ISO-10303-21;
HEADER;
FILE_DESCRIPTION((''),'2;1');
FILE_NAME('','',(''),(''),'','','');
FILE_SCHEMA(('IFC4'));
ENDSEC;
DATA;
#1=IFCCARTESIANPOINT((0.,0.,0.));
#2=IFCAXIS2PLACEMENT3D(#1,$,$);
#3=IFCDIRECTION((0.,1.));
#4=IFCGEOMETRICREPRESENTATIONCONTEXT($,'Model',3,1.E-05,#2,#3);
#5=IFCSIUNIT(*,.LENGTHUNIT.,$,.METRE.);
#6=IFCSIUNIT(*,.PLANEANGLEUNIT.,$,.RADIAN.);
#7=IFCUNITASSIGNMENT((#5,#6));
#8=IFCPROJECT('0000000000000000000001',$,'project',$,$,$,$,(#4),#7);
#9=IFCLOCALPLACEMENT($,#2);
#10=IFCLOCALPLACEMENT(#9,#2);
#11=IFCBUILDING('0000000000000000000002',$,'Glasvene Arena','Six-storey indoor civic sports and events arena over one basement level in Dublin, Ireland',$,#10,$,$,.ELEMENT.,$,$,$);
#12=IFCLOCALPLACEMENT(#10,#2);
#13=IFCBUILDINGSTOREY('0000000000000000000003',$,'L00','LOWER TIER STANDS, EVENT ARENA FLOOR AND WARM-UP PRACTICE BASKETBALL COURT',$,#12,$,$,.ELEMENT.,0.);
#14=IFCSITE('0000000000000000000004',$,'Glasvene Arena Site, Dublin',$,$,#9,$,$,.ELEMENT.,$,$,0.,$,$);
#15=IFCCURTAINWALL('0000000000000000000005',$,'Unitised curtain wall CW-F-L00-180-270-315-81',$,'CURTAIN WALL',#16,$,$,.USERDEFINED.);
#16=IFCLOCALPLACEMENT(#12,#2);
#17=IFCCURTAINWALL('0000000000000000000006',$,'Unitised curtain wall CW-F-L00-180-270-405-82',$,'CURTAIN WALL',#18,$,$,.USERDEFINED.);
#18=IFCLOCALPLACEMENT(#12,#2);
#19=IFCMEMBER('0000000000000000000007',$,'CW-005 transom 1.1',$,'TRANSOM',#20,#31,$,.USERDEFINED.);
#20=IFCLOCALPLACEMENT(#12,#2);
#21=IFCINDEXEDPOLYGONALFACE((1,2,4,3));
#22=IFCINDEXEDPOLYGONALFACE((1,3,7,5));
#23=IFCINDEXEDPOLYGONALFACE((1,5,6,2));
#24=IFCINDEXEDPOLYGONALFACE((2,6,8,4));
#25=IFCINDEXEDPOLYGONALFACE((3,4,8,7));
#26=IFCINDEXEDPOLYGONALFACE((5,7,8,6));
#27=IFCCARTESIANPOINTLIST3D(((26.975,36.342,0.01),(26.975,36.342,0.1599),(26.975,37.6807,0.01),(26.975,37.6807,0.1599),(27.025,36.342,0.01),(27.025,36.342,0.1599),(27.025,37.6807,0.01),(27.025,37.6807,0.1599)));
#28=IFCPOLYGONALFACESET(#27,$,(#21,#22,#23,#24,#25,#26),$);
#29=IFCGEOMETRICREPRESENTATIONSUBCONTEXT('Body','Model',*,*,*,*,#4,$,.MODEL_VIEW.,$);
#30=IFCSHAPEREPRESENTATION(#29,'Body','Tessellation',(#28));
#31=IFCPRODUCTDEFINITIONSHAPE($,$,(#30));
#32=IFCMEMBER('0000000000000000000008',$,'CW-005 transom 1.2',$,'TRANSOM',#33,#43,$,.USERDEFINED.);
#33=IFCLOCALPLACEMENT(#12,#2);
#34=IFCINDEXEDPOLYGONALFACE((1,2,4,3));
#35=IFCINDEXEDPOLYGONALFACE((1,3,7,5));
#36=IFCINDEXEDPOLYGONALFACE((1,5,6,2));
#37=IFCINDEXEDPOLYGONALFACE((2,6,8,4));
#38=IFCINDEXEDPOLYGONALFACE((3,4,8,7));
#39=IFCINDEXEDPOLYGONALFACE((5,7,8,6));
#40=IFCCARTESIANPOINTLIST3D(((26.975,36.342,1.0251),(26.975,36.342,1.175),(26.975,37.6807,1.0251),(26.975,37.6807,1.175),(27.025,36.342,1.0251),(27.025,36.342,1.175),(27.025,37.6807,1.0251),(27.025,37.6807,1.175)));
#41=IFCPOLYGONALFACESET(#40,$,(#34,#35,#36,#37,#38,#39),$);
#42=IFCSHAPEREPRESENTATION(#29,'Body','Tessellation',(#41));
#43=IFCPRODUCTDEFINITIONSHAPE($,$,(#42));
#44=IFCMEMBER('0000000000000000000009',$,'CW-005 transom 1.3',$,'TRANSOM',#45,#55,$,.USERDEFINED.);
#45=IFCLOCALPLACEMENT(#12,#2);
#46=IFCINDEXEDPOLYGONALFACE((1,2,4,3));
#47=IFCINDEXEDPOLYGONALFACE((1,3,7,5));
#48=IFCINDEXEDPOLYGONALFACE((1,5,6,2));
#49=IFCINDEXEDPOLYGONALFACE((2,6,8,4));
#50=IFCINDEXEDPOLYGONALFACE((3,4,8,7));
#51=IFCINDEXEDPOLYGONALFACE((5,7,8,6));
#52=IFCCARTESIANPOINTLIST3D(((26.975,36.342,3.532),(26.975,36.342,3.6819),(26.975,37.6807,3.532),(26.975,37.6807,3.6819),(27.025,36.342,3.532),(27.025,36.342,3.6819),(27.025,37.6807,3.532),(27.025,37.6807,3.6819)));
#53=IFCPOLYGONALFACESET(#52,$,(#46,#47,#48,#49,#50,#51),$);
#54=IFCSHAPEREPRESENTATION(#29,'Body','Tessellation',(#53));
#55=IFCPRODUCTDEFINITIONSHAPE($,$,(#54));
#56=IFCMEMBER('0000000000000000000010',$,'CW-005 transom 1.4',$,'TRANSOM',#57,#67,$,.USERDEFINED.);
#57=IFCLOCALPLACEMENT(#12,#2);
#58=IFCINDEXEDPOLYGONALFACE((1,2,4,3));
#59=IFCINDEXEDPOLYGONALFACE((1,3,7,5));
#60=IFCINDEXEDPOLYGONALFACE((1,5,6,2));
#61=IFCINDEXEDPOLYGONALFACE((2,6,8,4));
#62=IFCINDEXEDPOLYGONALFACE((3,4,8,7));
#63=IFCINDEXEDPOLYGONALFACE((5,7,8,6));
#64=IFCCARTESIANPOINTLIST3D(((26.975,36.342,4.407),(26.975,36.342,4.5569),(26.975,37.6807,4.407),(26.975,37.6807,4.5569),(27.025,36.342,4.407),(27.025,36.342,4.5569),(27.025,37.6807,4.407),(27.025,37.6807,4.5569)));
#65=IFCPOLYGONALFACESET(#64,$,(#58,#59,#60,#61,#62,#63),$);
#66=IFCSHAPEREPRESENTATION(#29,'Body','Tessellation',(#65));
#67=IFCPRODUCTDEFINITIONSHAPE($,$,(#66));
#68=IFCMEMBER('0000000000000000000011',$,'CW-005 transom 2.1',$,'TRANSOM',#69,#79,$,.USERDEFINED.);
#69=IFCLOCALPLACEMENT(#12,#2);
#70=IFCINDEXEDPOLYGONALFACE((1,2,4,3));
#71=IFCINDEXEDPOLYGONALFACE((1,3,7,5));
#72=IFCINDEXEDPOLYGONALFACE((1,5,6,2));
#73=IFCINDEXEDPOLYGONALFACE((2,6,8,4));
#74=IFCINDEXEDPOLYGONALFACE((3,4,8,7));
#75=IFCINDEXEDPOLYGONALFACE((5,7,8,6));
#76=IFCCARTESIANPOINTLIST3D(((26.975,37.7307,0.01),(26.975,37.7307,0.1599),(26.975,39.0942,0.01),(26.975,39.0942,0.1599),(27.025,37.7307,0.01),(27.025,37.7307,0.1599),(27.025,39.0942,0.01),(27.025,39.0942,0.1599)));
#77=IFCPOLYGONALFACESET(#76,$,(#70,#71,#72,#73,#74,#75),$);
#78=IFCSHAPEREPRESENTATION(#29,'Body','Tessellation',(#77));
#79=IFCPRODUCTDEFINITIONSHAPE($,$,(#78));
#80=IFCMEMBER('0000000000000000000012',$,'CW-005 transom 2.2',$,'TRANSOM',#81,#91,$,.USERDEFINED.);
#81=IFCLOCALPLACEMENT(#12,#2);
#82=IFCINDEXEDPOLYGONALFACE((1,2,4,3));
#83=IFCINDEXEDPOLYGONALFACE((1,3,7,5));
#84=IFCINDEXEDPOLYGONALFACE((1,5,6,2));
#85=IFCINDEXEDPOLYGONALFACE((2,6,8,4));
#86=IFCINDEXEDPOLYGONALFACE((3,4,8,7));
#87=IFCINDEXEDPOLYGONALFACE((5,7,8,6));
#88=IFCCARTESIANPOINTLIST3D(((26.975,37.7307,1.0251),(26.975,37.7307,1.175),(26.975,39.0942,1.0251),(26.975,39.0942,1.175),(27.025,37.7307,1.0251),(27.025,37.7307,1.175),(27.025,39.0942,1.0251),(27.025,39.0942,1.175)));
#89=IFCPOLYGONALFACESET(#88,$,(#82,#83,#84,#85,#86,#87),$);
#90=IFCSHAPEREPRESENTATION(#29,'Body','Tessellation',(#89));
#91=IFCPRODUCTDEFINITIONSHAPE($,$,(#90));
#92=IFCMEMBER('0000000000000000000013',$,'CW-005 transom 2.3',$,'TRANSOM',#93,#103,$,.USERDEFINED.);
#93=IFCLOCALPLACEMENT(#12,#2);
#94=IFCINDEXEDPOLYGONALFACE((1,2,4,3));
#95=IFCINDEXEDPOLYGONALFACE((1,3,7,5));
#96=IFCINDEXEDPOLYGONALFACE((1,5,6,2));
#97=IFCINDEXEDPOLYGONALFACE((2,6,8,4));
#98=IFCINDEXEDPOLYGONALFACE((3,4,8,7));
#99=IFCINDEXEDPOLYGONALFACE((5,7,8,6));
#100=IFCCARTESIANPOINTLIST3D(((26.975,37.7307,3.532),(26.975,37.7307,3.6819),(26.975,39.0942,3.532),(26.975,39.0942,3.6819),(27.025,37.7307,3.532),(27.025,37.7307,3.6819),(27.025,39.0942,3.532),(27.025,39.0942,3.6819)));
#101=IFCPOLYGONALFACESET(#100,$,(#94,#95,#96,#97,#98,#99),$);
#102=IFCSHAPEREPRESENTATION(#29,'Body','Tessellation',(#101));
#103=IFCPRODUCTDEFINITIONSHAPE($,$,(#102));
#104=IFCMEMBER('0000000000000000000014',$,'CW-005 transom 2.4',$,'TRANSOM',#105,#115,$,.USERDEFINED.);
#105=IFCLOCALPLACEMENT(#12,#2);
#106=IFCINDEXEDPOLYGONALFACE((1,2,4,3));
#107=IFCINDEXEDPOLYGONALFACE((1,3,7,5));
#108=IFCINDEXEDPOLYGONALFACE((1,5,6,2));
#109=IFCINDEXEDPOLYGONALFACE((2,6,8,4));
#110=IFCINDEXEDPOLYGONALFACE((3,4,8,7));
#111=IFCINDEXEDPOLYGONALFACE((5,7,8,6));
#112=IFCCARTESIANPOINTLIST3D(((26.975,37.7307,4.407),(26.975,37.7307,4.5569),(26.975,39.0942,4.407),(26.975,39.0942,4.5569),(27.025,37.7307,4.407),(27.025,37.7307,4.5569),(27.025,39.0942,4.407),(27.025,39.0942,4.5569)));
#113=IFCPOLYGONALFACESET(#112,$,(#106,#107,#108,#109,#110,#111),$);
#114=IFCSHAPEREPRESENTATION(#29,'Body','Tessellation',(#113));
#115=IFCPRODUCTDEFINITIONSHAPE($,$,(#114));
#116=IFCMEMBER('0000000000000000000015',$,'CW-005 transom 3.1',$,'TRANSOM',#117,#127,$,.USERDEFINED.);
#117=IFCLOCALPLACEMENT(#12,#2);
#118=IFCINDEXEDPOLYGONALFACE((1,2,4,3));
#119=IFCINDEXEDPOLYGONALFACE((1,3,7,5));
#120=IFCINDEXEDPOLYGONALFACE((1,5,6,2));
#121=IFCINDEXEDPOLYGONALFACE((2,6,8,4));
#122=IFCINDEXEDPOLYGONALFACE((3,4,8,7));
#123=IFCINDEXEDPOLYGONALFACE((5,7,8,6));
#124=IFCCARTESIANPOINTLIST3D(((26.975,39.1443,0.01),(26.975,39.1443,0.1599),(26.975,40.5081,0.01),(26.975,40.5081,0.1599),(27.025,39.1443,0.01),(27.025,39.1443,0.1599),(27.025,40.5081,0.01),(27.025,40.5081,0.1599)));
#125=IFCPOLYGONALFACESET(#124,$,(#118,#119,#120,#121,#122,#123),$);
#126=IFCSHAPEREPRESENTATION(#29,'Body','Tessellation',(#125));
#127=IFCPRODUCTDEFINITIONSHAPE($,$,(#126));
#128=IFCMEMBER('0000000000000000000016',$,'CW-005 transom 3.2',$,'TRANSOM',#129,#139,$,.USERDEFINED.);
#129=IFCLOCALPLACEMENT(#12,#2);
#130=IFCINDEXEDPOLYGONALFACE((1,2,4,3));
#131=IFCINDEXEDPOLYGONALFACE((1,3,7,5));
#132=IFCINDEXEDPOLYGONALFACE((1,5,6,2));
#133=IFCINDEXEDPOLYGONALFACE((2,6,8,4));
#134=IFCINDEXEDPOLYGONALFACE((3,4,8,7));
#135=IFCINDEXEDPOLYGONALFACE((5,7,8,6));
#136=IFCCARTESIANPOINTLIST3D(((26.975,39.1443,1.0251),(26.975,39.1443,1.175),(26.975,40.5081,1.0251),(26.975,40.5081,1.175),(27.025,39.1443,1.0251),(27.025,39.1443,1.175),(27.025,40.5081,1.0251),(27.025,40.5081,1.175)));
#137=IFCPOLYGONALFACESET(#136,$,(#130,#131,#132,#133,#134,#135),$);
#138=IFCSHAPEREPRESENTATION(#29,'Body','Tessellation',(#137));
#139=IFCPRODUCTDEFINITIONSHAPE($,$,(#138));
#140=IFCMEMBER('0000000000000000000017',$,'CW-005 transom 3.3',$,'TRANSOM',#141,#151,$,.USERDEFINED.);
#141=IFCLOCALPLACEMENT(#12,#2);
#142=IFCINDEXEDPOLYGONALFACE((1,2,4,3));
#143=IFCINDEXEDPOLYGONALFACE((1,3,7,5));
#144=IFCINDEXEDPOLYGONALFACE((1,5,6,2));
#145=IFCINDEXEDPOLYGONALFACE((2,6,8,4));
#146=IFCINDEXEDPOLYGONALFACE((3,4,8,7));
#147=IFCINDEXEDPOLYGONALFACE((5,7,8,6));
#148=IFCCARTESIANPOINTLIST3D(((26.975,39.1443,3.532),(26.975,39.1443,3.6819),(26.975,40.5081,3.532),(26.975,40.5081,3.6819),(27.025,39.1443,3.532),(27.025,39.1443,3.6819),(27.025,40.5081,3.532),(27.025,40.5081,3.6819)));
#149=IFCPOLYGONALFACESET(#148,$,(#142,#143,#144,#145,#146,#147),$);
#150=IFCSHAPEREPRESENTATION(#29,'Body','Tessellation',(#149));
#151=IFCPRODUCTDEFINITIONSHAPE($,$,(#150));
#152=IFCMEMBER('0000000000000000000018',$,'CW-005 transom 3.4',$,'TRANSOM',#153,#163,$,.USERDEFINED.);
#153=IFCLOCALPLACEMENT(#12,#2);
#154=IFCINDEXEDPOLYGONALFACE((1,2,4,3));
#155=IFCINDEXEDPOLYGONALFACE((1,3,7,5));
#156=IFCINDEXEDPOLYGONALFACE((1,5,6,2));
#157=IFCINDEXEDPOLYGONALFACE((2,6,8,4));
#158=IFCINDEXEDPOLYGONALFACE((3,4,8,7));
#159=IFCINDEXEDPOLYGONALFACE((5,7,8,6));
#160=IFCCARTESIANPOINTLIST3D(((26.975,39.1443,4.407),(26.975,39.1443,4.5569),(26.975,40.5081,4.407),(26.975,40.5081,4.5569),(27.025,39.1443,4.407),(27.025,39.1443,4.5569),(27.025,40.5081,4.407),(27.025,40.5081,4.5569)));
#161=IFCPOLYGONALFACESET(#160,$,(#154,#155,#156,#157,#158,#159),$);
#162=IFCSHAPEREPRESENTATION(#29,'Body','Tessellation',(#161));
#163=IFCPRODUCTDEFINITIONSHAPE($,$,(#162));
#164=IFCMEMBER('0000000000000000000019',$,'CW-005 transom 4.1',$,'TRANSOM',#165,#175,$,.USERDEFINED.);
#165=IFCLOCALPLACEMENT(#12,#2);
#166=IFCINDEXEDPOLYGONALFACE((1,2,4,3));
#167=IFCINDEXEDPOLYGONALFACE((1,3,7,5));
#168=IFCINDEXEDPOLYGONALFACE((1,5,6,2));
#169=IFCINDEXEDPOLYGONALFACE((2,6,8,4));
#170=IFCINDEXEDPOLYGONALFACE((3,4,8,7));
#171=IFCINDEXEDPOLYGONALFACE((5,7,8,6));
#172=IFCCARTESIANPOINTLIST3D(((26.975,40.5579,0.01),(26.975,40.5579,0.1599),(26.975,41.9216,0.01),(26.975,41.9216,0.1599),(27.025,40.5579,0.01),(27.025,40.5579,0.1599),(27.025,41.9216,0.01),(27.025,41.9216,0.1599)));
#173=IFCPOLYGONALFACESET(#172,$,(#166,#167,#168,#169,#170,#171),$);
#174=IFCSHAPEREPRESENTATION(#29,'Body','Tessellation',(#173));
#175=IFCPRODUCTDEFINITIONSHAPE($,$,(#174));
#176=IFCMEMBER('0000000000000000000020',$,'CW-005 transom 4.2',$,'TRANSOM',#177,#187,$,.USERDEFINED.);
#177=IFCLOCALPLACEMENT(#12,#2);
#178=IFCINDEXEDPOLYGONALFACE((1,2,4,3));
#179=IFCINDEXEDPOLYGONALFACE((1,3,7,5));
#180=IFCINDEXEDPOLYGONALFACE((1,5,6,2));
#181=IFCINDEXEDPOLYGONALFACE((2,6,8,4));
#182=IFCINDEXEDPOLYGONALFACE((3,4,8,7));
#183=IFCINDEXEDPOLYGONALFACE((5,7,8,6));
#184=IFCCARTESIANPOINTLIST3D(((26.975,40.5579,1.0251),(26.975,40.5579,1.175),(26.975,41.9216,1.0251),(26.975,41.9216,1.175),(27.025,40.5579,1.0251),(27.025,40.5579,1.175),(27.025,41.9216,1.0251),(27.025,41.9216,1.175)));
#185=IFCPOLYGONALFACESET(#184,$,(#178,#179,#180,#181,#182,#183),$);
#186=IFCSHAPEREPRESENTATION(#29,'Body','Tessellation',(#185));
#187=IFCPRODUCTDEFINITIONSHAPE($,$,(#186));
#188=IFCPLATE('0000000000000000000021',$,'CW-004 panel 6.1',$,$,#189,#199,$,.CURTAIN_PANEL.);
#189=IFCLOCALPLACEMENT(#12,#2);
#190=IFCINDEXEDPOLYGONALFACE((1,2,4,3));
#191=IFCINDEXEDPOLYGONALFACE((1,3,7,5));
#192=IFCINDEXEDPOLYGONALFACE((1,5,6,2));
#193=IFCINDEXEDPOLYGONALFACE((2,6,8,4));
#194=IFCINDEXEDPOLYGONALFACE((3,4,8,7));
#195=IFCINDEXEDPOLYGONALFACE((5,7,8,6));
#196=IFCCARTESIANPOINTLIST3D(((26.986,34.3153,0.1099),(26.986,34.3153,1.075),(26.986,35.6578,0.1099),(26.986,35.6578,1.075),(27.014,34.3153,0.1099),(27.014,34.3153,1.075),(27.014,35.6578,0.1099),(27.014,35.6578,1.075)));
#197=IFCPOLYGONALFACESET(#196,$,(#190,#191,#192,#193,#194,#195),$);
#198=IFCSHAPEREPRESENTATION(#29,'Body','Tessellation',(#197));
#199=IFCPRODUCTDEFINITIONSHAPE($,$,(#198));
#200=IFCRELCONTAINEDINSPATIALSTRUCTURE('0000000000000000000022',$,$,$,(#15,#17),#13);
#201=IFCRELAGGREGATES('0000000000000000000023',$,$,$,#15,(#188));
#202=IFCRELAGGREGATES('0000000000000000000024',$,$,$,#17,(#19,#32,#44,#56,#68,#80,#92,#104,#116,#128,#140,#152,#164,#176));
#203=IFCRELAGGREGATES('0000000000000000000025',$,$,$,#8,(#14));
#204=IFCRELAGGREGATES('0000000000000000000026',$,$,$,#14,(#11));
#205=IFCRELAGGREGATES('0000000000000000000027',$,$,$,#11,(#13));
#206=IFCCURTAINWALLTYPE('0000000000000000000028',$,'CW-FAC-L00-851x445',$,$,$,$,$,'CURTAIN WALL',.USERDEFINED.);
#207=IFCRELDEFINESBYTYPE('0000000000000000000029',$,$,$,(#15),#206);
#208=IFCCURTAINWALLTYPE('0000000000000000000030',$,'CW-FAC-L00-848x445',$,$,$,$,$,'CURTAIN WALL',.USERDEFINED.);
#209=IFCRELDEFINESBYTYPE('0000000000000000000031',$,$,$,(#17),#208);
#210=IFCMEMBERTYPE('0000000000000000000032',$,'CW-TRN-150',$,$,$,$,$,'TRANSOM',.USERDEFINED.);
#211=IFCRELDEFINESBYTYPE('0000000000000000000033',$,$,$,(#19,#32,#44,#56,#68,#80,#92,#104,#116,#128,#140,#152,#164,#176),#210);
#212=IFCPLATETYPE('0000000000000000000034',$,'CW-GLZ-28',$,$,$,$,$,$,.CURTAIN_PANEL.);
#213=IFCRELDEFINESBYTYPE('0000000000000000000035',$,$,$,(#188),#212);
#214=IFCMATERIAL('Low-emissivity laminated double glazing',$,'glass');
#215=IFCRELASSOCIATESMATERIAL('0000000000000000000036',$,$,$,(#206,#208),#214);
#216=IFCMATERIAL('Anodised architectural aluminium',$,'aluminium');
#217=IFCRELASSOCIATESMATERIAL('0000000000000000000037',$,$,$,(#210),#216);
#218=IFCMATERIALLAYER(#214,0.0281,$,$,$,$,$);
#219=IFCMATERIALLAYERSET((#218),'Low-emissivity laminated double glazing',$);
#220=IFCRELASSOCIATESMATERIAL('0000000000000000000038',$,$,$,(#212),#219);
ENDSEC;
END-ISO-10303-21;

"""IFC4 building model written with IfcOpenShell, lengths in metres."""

from ifc_helpers import new_model, si_unit, direction, frame, origin, origin_2d, place, context, subcontext, project, spatial, rectangle, extrude, material, layer, layer_set, material_profile, profile_set, type_object, element, aggregate, save


model = new_model("IFC4")

# Units and contexts
model_context = context("Model", 3, precision=1e-05, world=origin(), true_north=direction((0.0, 1.0)))
body_context = subcontext(model_context, "Body", "Model", "MODEL_VIEW")
ifc_project = project(units=[si_unit("LENGTHUNIT", "METRE"), si_unit("PLANEANGLEUNIT", "RADIAN")], contexts=[model_context])

# Site, building, storey
site_placement = place(None, origin())
site = spatial("IfcSite", under=ifc_project, at=site_placement, Name="Glasvene Arena Site, Dublin", CompositionType="ELEMENT", RefElevation=0.0)
building_placement = place(site_placement, origin())
building = spatial("IfcBuilding", under=site, at=building_placement, Name="Glasvene Arena", Description="Six-storey indoor civic sports and events arena over one basement level in Dublin, Ireland", CompositionType="ELEMENT")
storey_placement = place(building_placement, origin())
storey = spatial("IfcBuildingStorey", under=building, at=storey_placement, Name="L00", Description="LOWER TIER STANDS, EVENT ARENA FLOOR AND WARM-UP PRACTICE BASKETBALL COURT", CompositionType="ELEMENT", Elevation=0.0)

# Curtain wall
ifc_material_1 = material(Name="Low-emissivity laminated double glazing", Category="glass")
curtain_wall_type_1 = type_object("IfcCurtainWallType", Name="CW-FAC-L00-851x445", ElementType="CURTAIN WALL", PredefinedType="USERDEFINED", material=ifc_material_1)
curtain_wall_1_placement = place(storey_placement, frame((27.0, 27.2024, 0.0)))
curtain_wall_1 = element("IfcCurtainWall", 1, at=curtain_wall_1_placement, inside=storey, type_object=curtain_wall_type_1, Name="Unitised curtain wall CW-F-L00-180-270-315-81", ObjectType="CURTAIN WALL", PredefinedType="USERDEFINED")
ifc_material_2 = material(Name="Anodised architectural aluminium", Category="aluminium")

# Curtain wall, members
curtain_wall_type_2 = type_object("IfcCurtainWallType", Name="CW-FAC-L00-848x445", ElementType="CURTAIN WALL", PredefinedType="USERDEFINED", material=ifc_material_1)
curtain_wall_2_placement = place(storey_placement, frame((27.0, 36.292, 0.0)))
curtain_wall_2 = element("IfcCurtainWall", 2, at=curtain_wall_2_placement, inside=storey, type_object=curtain_wall_type_2, Name="Unitised curtain wall CW-F-L00-180-270-405-82", ObjectType="CURTAIN WALL", PredefinedType="USERDEFINED")
ifc_material_profile_1 = material_profile(ifc_material_2, rectangle(XDim=0.05, YDim=0.1499, at=origin_2d()), Name="ALU TRANSOM 50x150")
ifc_profile_set_1 = profile_set([ifc_material_profile_1], Name="Anodised architectural aluminium")
member_type_1 = type_object("IfcMemberType", Name="CW-TRN-150", ElementType="TRANSOM", PredefinedType="USERDEFINED", material=ifc_profile_set_1)
member_1_placement = place(storey_placement, frame((27.0, 36.342, 0.085), z_axis=(0.0, 1.0, 0.0), x_axis=(-1.0, 0.0, 0.0)))
member_1 = element("IfcMember", 3, at=member_1_placement, type_object=member_type_1, Name="CW-005 transom 1.1", ObjectType="TRANSOM", PredefinedType="USERDEFINED", context=body_context, shape_type="SweptSolid", body=[
    extrude(rectangle(XDim=0.05, YDim=0.1499, at=origin_2d()), origin(), (0.0, 0.0, 1.0), 1.3386),
])
member_2_placement = place(storey_placement, frame((27.0, 36.342, 1.1001), z_axis=(0.0, 1.0, 0.0), x_axis=(-1.0, 0.0, 0.0)))
member_2 = element("IfcMember", 4, at=member_2_placement, type_object=member_type_1, Name="CW-005 transom 1.2", ObjectType="TRANSOM", PredefinedType="USERDEFINED", context=body_context, shape_type="SweptSolid", body=[
    extrude(rectangle(XDim=0.05, YDim=0.1499, at=origin_2d()), origin(), (0.0, 0.0, 1.0), 1.3386),
])
member_3_placement = place(storey_placement, frame((27.0, 36.342, 3.6069), z_axis=(0.0, 1.0, 0.0), x_axis=(-1.0, 0.0, 0.0)))
member_3 = element("IfcMember", 5, at=member_3_placement, type_object=member_type_1, Name="CW-005 transom 1.3", ObjectType="TRANSOM", PredefinedType="USERDEFINED", context=body_context, shape_type="SweptSolid", body=[
    extrude(rectangle(XDim=0.05, YDim=0.1499, at=origin_2d()), origin(), (0.0, 0.0, 1.0), 1.3386),
])
member_4_placement = place(storey_placement, frame((27.0, 36.342, 4.4819), z_axis=(0.0, 1.0, 0.0), x_axis=(-1.0, 0.0, 0.0)))
member_4 = element("IfcMember", 6, at=member_4_placement, type_object=member_type_1, Name="CW-005 transom 1.4", ObjectType="TRANSOM", PredefinedType="USERDEFINED", context=body_context, shape_type="SweptSolid", body=[
    extrude(rectangle(XDim=0.05, YDim=0.1499, at=origin_2d()), origin(), (0.0, 0.0, 1.0), 1.3386),
])
member_5_placement = place(storey_placement, frame((27.0, 37.7307, 0.085), z_axis=(0.0, 1.0, 0.0), x_axis=(-1.0, 0.0, 0.0)))
member_5 = element("IfcMember", 7, at=member_5_placement, type_object=member_type_1, Name="CW-005 transom 2.1", ObjectType="TRANSOM", PredefinedType="USERDEFINED", context=body_context, shape_type="SweptSolid", body=[
    extrude(rectangle(XDim=0.05, YDim=0.1499, at=origin_2d()), origin(), (0.0, 0.0, 1.0), 1.3635),
])
member_6_placement = place(storey_placement, frame((27.0, 37.7307, 1.1001), z_axis=(0.0, 1.0, 0.0), x_axis=(-1.0, 0.0, 0.0)))
member_6 = element("IfcMember", 8, at=member_6_placement, type_object=member_type_1, Name="CW-005 transom 2.2", ObjectType="TRANSOM", PredefinedType="USERDEFINED", context=body_context, shape_type="SweptSolid", body=[
    extrude(rectangle(XDim=0.05, YDim=0.1499, at=origin_2d()), origin(), (0.0, 0.0, 1.0), 1.3635),
])
member_7_placement = place(storey_placement, frame((27.0, 37.7307, 3.6069), z_axis=(0.0, 1.0, 0.0), x_axis=(-1.0, 0.0, 0.0)))
member_7 = element("IfcMember", 9, at=member_7_placement, type_object=member_type_1, Name="CW-005 transom 2.3", ObjectType="TRANSOM", PredefinedType="USERDEFINED", context=body_context, shape_type="SweptSolid", body=[
    extrude(rectangle(XDim=0.05, YDim=0.1499, at=origin_2d()), origin(), (0.0, 0.0, 1.0), 1.3635),
])
member_8_placement = place(storey_placement, frame((27.0, 37.7307, 4.4819), z_axis=(0.0, 1.0, 0.0), x_axis=(-1.0, 0.0, 0.0)))
member_8 = element("IfcMember", 10, at=member_8_placement, type_object=member_type_1, Name="CW-005 transom 2.4", ObjectType="TRANSOM", PredefinedType="USERDEFINED", context=body_context, shape_type="SweptSolid", body=[
    extrude(rectangle(XDim=0.05, YDim=0.1499, at=origin_2d()), origin(), (0.0, 0.0, 1.0), 1.3635),
])
member_9_placement = place(storey_placement, frame((27.0, 39.1443, 0.085), z_axis=(0.0, 1.0, 0.0), x_axis=(-1.0, 0.0, 0.0)))
member_9 = element("IfcMember", 11, at=member_9_placement, type_object=member_type_1, Name="CW-005 transom 3.1", ObjectType="TRANSOM", PredefinedType="USERDEFINED", context=body_context, shape_type="SweptSolid", body=[
    extrude(rectangle(XDim=0.05, YDim=0.1499, at=origin_2d()), origin(), (0.0, 0.0, 1.0), 1.3638),
])
member_10_placement = place(storey_placement, frame((27.0, 39.1443, 1.1001), z_axis=(0.0, 1.0, 0.0), x_axis=(-1.0, 0.0, 0.0)))
member_10 = element("IfcMember", 12, at=member_10_placement, type_object=member_type_1, Name="CW-005 transom 3.2", ObjectType="TRANSOM", PredefinedType="USERDEFINED", context=body_context, shape_type="SweptSolid", body=[
    extrude(rectangle(XDim=0.05, YDim=0.1499, at=origin_2d()), origin(), (0.0, 0.0, 1.0), 1.3638),
])
member_11_placement = place(storey_placement, frame((27.0, 39.1443, 3.6069), z_axis=(0.0, 1.0, 0.0), x_axis=(-1.0, 0.0, 0.0)))
member_11 = element("IfcMember", 13, at=member_11_placement, type_object=member_type_1, Name="CW-005 transom 3.3", ObjectType="TRANSOM", PredefinedType="USERDEFINED", context=body_context, shape_type="SweptSolid", body=[
    extrude(rectangle(XDim=0.05, YDim=0.1499, at=origin_2d()), origin(), (0.0, 0.0, 1.0), 1.3638),
])
member_12_placement = place(storey_placement, frame((27.0, 39.1443, 4.4819), z_axis=(0.0, 1.0, 0.0), x_axis=(-1.0, 0.0, 0.0)))
member_12 = element("IfcMember", 14, at=member_12_placement, type_object=member_type_1, Name="CW-005 transom 3.4", ObjectType="TRANSOM", PredefinedType="USERDEFINED", context=body_context, shape_type="SweptSolid", body=[
    extrude(rectangle(XDim=0.05, YDim=0.1499, at=origin_2d()), origin(), (0.0, 0.0, 1.0), 1.3638),
])
member_13_placement = place(storey_placement, frame((27.0, 40.5579, 0.085), z_axis=(0.0, 1.0, 0.0), x_axis=(-1.0, 0.0, 0.0)))
member_13 = element("IfcMember", 15, at=member_13_placement, type_object=member_type_1, Name="CW-005 transom 4.1", ObjectType="TRANSOM", PredefinedType="USERDEFINED", context=body_context, shape_type="SweptSolid", body=[
    extrude(rectangle(XDim=0.05, YDim=0.1499, at=origin_2d()), origin(), (0.0, 0.0, 1.0), 1.3638),
])
member_14_placement = place(storey_placement, frame((27.0, 40.5579, 1.1001), z_axis=(0.0, 1.0, 0.0), x_axis=(-1.0, 0.0, 0.0)))
member_14 = element("IfcMember", 16, at=member_14_placement, type_object=member_type_1, Name="CW-005 transom 4.2", ObjectType="TRANSOM", PredefinedType="USERDEFINED", context=body_context, shape_type="SweptSolid", body=[
    extrude(rectangle(XDim=0.05, YDim=0.1499, at=origin_2d()), origin(), (0.0, 0.0, 1.0), 1.3638),
])

# Plate
ifc_layer = layer(ifc_material_1, 0.0281)
ifc_layer_set = layer_set([ifc_layer], Name="Low-emissivity laminated double glazing")
plate_type = type_object("IfcPlateType", Name="CW-GLZ-28", PredefinedType="CURTAIN_PANEL", material=ifc_layer_set)
plate_1_placement = place(storey_placement, frame((27.0, 34.9866, 0.1099), z_axis=(0.0, 0.0, 1.0), x_axis=(0.0, 1.0, 0.0)))
plate_1 = element("IfcPlate", 17, at=plate_1_placement, type_object=plate_type, Name="CW-004 panel 6.1", PredefinedType="CURTAIN_PANEL", context=body_context, shape_type="SweptSolid", body=[
    extrude(rectangle(XDim=1.3425, YDim=0.0281, at=origin_2d()), origin(), (0.0, 0.0, 1.0), 0.9651),
])
aggregate(curtain_wall_1, [plate_1])
aggregate(curtain_wall_2, [member_1, member_2, member_3, member_4, member_5, member_6, member_7, member_8, member_9, member_10, member_11, member_12, member_13, member_14])

save(model, "model.ifc")
